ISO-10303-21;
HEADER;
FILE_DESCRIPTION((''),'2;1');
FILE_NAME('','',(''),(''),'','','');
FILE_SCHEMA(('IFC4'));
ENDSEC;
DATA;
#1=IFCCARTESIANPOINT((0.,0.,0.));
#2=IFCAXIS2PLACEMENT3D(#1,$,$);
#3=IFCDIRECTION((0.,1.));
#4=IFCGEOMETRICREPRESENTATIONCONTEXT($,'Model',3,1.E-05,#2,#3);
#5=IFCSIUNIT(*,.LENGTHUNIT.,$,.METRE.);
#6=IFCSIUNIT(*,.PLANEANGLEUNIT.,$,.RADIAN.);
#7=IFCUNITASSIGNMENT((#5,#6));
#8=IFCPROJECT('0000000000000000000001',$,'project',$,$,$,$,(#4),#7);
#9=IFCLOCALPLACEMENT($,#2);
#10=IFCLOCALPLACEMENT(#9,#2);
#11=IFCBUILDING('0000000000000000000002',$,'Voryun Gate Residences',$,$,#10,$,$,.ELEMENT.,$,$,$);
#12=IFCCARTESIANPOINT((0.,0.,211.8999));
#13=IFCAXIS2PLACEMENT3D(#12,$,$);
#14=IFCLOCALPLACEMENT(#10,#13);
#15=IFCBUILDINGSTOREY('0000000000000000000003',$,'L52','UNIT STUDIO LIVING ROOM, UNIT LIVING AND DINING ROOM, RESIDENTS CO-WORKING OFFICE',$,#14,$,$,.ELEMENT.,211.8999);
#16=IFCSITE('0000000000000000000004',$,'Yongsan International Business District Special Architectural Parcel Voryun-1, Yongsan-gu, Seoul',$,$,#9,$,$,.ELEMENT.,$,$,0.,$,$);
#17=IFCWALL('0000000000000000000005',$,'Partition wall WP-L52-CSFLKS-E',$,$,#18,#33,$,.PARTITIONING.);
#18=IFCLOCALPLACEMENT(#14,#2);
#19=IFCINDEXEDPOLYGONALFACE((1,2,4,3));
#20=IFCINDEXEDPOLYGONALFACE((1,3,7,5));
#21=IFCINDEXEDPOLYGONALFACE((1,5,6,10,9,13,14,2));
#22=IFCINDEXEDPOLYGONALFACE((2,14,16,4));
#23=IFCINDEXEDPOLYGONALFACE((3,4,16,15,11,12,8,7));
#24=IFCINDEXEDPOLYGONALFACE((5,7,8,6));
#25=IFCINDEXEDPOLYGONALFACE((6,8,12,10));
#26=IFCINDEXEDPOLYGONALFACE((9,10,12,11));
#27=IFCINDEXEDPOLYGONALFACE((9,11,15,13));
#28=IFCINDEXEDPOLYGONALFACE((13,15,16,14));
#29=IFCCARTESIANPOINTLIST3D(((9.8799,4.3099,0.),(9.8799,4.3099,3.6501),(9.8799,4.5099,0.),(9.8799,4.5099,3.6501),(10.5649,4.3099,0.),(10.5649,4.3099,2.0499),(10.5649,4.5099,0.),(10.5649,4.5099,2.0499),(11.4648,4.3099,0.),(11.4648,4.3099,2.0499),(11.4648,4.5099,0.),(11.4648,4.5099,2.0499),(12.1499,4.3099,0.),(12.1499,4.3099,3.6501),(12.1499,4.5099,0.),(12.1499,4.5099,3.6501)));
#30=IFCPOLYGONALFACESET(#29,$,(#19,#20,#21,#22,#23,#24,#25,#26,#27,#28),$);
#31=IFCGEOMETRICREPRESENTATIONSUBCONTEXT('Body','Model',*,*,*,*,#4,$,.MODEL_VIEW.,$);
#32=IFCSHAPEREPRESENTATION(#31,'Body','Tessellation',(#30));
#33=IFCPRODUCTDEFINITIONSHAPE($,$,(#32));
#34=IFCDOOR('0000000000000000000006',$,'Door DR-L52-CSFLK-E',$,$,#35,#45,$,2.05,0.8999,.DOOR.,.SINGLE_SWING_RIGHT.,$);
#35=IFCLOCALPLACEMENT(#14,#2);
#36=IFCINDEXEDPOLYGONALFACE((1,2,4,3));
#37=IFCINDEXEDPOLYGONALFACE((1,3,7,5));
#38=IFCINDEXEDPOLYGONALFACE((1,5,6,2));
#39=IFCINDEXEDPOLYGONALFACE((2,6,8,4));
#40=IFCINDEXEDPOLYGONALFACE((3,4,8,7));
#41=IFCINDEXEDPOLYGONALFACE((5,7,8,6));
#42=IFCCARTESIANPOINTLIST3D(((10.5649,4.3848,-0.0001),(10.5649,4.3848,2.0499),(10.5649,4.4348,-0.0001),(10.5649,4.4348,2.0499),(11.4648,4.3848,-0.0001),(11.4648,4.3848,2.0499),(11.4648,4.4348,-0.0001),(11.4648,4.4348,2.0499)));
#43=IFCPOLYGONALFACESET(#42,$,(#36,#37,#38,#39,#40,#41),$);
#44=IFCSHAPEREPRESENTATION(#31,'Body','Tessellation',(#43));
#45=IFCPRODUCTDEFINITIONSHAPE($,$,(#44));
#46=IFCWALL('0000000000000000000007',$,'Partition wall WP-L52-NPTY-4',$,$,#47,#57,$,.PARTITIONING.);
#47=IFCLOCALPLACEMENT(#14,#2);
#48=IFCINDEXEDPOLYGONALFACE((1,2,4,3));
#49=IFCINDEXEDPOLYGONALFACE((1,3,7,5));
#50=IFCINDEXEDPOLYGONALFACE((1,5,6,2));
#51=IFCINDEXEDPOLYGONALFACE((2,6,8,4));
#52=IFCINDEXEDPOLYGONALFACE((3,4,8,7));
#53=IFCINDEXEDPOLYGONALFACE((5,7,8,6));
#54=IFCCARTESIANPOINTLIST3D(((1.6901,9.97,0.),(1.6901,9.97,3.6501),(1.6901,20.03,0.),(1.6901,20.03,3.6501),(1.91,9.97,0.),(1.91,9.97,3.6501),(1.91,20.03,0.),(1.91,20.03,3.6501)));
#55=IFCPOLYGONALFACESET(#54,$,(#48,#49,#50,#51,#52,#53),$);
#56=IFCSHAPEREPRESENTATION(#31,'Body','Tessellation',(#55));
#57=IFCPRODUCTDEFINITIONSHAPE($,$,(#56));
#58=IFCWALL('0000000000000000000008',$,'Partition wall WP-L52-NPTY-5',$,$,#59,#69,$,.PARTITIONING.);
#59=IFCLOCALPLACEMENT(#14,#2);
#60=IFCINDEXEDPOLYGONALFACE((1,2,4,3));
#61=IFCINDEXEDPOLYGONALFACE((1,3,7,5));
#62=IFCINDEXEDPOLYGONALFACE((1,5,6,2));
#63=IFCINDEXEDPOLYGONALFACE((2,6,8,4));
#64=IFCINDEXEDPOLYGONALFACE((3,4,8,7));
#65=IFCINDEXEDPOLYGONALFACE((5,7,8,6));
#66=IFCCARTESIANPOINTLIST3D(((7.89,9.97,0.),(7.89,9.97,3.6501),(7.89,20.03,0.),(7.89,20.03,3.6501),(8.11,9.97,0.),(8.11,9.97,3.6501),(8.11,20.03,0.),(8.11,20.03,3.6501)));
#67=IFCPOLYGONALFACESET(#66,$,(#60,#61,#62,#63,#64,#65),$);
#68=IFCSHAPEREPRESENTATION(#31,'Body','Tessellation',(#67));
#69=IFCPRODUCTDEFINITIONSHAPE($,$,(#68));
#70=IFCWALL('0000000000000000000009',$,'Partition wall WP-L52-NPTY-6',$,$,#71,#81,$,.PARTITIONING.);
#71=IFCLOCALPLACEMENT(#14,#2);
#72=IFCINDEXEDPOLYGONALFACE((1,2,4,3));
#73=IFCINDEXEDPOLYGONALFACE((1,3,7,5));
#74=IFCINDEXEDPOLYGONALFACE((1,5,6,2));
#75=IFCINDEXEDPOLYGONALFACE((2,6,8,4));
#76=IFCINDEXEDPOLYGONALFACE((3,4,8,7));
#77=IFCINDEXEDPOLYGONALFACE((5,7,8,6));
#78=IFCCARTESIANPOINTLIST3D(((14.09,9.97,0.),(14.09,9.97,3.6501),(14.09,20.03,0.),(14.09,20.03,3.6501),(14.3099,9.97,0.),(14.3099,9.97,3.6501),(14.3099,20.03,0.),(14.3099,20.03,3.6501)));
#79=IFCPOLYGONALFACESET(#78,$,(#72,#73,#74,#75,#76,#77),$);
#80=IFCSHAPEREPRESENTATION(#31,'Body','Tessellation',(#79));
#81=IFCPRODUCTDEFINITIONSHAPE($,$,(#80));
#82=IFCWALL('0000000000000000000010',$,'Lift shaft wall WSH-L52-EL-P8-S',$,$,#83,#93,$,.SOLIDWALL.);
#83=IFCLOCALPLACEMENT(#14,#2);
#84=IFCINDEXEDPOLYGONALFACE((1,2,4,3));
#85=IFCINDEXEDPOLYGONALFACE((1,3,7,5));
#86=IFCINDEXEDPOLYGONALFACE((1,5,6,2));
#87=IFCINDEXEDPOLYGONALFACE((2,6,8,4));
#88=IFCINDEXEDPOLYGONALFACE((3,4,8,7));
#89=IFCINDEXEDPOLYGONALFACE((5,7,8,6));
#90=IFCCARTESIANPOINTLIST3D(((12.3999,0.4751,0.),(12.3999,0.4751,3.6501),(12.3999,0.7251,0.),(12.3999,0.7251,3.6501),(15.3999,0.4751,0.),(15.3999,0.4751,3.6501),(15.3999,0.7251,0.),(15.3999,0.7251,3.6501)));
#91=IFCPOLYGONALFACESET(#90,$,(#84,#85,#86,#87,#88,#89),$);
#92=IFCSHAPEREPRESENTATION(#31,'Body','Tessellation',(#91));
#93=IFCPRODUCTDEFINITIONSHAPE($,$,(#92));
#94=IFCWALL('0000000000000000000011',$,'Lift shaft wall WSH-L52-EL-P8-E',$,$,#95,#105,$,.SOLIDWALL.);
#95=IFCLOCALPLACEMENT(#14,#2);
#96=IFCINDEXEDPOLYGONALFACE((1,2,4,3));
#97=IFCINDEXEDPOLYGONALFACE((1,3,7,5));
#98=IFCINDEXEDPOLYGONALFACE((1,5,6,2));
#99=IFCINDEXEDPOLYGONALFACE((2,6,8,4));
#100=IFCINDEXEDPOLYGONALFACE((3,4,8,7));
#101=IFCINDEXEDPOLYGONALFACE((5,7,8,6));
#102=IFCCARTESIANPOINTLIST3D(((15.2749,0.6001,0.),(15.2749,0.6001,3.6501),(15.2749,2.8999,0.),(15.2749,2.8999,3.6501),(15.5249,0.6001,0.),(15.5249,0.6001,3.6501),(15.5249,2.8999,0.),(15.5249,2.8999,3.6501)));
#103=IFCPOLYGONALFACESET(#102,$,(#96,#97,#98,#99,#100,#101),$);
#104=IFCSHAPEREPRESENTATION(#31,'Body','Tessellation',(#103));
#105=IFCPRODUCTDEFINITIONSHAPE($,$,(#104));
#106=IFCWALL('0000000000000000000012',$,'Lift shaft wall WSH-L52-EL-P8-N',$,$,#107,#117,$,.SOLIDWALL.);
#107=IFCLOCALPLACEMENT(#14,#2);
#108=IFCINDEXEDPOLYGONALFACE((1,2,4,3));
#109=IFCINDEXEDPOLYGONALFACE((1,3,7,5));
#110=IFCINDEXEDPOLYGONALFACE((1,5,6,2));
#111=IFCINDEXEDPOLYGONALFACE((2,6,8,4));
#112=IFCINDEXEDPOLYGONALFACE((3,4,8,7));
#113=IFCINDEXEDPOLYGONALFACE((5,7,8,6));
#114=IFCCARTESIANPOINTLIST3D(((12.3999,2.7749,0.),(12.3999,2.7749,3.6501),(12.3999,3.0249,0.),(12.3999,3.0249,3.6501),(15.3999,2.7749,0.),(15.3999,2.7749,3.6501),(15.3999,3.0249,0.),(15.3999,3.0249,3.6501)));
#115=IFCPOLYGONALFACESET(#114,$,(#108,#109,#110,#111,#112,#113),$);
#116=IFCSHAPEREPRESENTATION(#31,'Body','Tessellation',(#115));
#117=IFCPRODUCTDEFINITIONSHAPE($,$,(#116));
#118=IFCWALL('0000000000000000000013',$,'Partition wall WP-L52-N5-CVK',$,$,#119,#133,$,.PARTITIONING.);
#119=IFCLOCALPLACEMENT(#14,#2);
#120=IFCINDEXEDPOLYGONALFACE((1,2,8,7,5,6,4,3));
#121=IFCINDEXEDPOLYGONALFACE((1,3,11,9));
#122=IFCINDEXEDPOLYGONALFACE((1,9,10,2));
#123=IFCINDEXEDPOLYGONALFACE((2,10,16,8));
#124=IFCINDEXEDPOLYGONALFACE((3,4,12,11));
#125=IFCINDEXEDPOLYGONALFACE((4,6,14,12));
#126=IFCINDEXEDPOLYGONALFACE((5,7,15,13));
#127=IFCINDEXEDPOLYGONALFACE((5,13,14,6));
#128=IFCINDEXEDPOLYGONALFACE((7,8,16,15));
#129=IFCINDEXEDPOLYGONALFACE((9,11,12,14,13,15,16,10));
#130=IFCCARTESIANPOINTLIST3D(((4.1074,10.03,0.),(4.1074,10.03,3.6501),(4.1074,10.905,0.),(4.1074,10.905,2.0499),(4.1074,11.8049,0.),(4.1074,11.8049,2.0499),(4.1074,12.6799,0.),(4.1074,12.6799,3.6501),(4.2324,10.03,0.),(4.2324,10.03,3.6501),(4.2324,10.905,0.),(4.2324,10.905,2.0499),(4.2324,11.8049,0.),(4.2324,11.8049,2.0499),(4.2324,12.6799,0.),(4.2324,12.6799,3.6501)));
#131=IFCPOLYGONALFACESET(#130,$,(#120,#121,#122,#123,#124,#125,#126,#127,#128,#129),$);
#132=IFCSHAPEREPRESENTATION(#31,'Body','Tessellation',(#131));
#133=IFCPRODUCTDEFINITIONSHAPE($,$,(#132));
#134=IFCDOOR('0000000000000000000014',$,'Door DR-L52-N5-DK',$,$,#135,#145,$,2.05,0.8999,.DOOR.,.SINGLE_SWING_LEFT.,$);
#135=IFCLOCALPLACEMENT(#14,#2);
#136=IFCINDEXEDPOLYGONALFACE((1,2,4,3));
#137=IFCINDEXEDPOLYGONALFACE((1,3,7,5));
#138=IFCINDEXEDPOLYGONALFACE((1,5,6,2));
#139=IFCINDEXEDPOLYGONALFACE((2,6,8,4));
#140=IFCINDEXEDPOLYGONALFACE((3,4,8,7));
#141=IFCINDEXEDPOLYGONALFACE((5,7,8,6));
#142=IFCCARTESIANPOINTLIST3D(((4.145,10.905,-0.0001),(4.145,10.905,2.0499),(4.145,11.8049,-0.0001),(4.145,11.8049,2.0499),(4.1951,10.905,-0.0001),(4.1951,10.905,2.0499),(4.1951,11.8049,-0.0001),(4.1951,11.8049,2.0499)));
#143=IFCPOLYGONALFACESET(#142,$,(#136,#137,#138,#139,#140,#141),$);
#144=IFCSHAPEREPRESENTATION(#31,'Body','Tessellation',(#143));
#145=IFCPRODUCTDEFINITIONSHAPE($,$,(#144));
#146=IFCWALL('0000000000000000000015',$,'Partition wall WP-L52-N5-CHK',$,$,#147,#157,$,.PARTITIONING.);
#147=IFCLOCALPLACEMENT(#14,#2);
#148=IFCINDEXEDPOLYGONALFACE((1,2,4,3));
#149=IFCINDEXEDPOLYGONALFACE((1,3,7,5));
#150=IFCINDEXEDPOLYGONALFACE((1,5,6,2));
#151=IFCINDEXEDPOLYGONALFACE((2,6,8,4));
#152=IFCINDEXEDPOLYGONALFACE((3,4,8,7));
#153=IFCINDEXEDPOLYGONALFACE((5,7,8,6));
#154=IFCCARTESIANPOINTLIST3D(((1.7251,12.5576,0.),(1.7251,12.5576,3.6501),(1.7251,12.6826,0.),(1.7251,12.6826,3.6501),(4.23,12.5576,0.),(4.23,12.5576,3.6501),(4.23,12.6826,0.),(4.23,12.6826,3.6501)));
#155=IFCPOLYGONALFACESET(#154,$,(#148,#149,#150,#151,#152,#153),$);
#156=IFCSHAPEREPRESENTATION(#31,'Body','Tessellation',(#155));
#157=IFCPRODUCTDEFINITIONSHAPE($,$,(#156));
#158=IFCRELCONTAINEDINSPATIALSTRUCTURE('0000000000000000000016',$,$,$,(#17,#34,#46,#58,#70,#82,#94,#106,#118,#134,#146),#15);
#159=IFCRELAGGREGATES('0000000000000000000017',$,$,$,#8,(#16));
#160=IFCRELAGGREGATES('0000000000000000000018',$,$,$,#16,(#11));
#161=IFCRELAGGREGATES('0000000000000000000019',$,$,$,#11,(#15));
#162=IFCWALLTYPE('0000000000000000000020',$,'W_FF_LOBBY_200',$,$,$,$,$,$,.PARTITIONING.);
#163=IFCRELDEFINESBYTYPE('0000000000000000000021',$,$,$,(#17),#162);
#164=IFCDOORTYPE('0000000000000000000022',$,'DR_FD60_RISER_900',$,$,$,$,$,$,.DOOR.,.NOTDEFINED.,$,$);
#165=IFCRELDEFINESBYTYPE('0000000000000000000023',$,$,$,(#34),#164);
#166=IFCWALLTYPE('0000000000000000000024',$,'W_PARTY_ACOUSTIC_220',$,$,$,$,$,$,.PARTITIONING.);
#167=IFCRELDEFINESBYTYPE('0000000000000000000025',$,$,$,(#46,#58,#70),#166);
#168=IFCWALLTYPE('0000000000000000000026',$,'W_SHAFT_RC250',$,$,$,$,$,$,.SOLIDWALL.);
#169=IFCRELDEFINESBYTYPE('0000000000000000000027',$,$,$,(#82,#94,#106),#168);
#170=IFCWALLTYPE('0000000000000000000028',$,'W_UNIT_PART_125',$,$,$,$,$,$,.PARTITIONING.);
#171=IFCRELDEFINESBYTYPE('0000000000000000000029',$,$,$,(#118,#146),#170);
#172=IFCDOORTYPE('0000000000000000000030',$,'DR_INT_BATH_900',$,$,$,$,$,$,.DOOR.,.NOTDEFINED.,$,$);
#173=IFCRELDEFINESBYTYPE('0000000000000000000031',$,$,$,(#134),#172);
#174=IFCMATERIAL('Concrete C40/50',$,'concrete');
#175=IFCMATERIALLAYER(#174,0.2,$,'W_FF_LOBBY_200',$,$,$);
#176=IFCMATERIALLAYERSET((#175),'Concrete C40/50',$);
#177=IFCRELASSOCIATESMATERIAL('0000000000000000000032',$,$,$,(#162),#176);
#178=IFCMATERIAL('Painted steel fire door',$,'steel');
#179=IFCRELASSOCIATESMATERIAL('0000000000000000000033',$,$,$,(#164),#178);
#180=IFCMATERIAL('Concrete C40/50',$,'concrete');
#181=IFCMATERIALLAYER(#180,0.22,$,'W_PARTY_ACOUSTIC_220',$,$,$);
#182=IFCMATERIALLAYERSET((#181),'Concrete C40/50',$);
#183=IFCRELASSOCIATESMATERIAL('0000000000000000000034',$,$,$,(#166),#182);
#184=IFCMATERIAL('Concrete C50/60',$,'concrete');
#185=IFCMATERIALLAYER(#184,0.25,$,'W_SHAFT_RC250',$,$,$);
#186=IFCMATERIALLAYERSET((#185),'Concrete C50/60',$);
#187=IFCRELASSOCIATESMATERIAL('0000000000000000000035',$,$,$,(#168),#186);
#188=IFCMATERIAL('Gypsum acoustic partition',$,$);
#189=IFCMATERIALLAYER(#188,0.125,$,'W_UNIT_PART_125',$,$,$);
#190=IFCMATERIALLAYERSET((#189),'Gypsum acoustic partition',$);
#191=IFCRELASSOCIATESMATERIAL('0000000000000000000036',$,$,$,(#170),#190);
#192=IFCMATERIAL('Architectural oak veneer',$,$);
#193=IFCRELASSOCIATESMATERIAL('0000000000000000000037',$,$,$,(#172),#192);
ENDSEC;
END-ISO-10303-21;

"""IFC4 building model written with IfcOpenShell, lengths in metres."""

from ifc_helpers import new_model, si_unit, direction, frame, frame_2d, origin, place, context, subcontext, project, spatial, rectangle, extrude, material, layer, layer_set, type_object, element, fill, save


model = new_model("IFC4")

# Units and contexts
model_context = context("Model", 3, precision=1e-05, world=origin(), true_north=direction((0.0, 1.0)))
body_context = subcontext(model_context, "Body", "Model", "MODEL_VIEW")
ifc_project = project(units=[si_unit("LENGTHUNIT", "METRE"), si_unit("PLANEANGLEUNIT", "RADIAN")], contexts=[model_context])

# Site, building, storey
site_placement = place(None, origin())
site = spatial("IfcSite", under=ifc_project, at=site_placement, Name="Yongsan International Business District Special Architectural Parcel Voryun-1, Yongsan-gu, Seoul", CompositionType="ELEMENT", RefElevation=0.0)
building_placement = place(site_placement, origin())
building = spatial("IfcBuilding", under=site, at=building_placement, Name="Voryun Gate Residences", CompositionType="ELEMENT")
storey_placement = place(building_placement, frame((0.0, 0.0, 211.8999)))
storey = spatial("IfcBuildingStorey", under=building, at=storey_placement, Name="L52", Description="UNIT STUDIO LIVING ROOM, UNIT LIVING AND DINING ROOM, RESIDENTS CO-WORKING OFFICE", CompositionType="ELEMENT", Elevation=211.8999)

# Shared definitions
ifc_material_1 = material(Name="Concrete C40/50", Category="concrete")
ifc_layer_1 = layer(ifc_material_1, 0.2, Name="W_FF_LOBBY_200")
ifc_layer_set_1 = layer_set([ifc_layer_1], Name="Concrete C40/50")
wall_type_1 = type_object("IfcWallType", Name="W_FF_LOBBY_200", PredefinedType="PARTITIONING", material=ifc_layer_set_1)

# Wall, opening, door
wall_1_placement = place(storey_placement, frame((9.8799, 4.4099, 0.0), z_axis=(0.0, 0.0, 1.0), x_axis=(1.0, 0.0, 0.0)))
wall_1 = element("IfcWall", 1, at=wall_1_placement, inside=storey, type_object=wall_type_1, Name="Partition wall WP-L52-CSFLKS-E", PredefinedType="PARTITIONING", context=body_context, shape_type="SweptSolid", body=[
    extrude(rectangle(XDim=2.27, YDim=0.2, at=frame_2d((1.135, 0.0))), origin(), (0.0, 0.0, 1.0), 3.6501),
])
opening_1_placement = place(wall_1_placement, frame((0.6851, 0.0, 0.0)))
opening_1 = element("IfcOpeningElement", 2, at=opening_1_placement, cuts=wall_1, PredefinedType="OPENING", context=body_context, shape_type="SweptSolid", body=[
    extrude(rectangle(XDim=0.8999, YDim=2.05, at=frame_2d((0.45, 1.0249))), frame((0.0, 0.1101, 0.0), z_axis=(0.0, -1.0, 0.0), x_axis=(1.0, 0.0, 0.0)), (0.0, 0.0, 1.0), 0.22),
])
ifc_material_2 = material(Name="Painted steel fire door", Category="steel")
door_type_1 = type_object("IfcDoorType", Name="DR_FD60_RISER_900", OperationType="NOTDEFINED", PredefinedType="DOOR", material=ifc_material_2)
door_1_placement = place(opening_1_placement, origin())
door_1 = element("IfcDoor", 3, at=door_1_placement, inside=storey, type_object=door_type_1, Name="Door DR-L52-CSFLK-E", OperationType="SINGLE_SWING_RIGHT", OverallHeight=2.05, OverallWidth=0.8999, PredefinedType="DOOR", context=body_context, shape_type="SweptSolid", body=[
    extrude(rectangle(XDim=0.8999, YDim=2.05, at=frame_2d((0.45, 1.0249))), frame((0.0, 0.0249, 0.0), z_axis=(0.0, -1.0, 0.0), x_axis=(1.0, 0.0, 0.0)), (0.0, 0.0, 1.0), 0.05),
])
fill(opening_1, door_1)

# Walls
ifc_material_3 = material(Name="Concrete C40/50", Category="concrete")
ifc_layer_2 = layer(ifc_material_3, 0.22, Name="W_PARTY_ACOUSTIC_220")
ifc_layer_set_2 = layer_set([ifc_layer_2], Name="Concrete C40/50")
wall_type_2 = type_object("IfcWallType", Name="W_PARTY_ACOUSTIC_220", PredefinedType="PARTITIONING", material=ifc_layer_set_2)
for number, where, z_axis, x_axis, name in (
    (4, (1.8, 9.97, 0.0), (0.0, 0.0, 1.0), (0.0, 1.0, 0.0), "Partition wall WP-L52-NPTY-4"),
    (5, (8.0, 9.97, 0.0), (0.0, 0.0, 1.0), (0.0, 1.0, 0.0), "Partition wall WP-L52-NPTY-5"),
    (6, (14.2, 9.97, 0.0), (0.0, 0.0, 1.0), (0.0, 1.0, 0.0), "Partition wall WP-L52-NPTY-6"),
):
    element("IfcWall", number, at=place(storey_placement, frame(where, z_axis=z_axis, x_axis=x_axis)), inside=storey, type_object=wall_type_2, Name=name, PredefinedType="PARTITIONING", context=body_context, shape_type="SweptSolid", body=[
        extrude(rectangle(XDim=10.0601, YDim=0.22, at=frame_2d((5.03, 0.0))), origin(), (0.0, 0.0, 1.0), 3.6501),
    ])
ifc_material_4 = material(Name="Concrete C50/60", Category="concrete")
ifc_layer_3 = layer(ifc_material_4, 0.25, Name="W_SHAFT_RC250")
ifc_layer_set_3 = layer_set([ifc_layer_3], Name="Concrete C50/60")
wall_type_3 = type_object("IfcWallType", Name="W_SHAFT_RC250", PredefinedType="SOLIDWALL", material=ifc_layer_set_3)
wall_2_placement = place(storey_placement, frame((12.3999, 0.6001, 0.0), z_axis=(0.0, 0.0, 1.0), x_axis=(1.0, 0.0, 0.0)))
element("IfcWall", 7, at=wall_2_placement, inside=storey, type_object=wall_type_3, Name="Lift shaft wall WSH-L52-EL-P8-S", PredefinedType="SOLIDWALL", context=body_context, shape_type="SweptSolid", body=[
    extrude(rectangle(XDim=3.0, YDim=0.25, at=frame_2d((1.5, 0.0))), origin(), (0.0, 0.0, 1.0), 3.6501),
])
wall_3_placement = place(storey_placement, frame((15.3999, 0.6001, 0.0), z_axis=(0.0, 0.0, 1.0), x_axis=(0.0, 1.0, 0.0)))
element("IfcWall", 8, at=wall_3_placement, inside=storey, type_object=wall_type_3, Name="Lift shaft wall WSH-L52-EL-P8-E", PredefinedType="SOLIDWALL", context=body_context, shape_type="SweptSolid", body=[
    extrude(rectangle(XDim=2.2998, YDim=0.25, at=frame_2d((1.1499, 0.0))), origin(), (0.0, 0.0, 1.0), 3.6501),
])
wall_4_placement = place(storey_placement, frame((15.3999, 2.8999, 0.0), z_axis=(0.0, 0.0, 1.0), x_axis=(-1.0, 0.0, 0.0)))
element("IfcWall", 9, at=wall_4_placement, inside=storey, type_object=wall_type_3, Name="Lift shaft wall WSH-L52-EL-P8-N", PredefinedType="SOLIDWALL", context=body_context, shape_type="SweptSolid", body=[
    extrude(rectangle(XDim=3.0, YDim=0.25, at=frame_2d((1.5, 0.0))), origin(), (0.0, 0.0, 1.0), 3.6501),
])

# Wall, opening, door
ifc_material_5 = material(Name="Gypsum acoustic partition")
ifc_layer_4 = layer(ifc_material_5, 0.125, Name="W_UNIT_PART_125")
ifc_layer_set_4 = layer_set([ifc_layer_4], Name="Gypsum acoustic partition")
wall_type_4 = type_object("IfcWallType", Name="W_UNIT_PART_125", PredefinedType="PARTITIONING", material=ifc_layer_set_4)
wall_5_placement = place(storey_placement, frame((4.1699, 10.03, 0.0), z_axis=(0.0, 0.0, 1.0), x_axis=(0.0, 1.0, 0.0)))
wall_5 = element("IfcWall", 10, at=wall_5_placement, inside=storey, type_object=wall_type_4, Name="Partition wall WP-L52-N5-CVK", PredefinedType="PARTITIONING", context=body_context, shape_type="SweptSolid", body=[
    extrude(rectangle(XDim=2.6499, YDim=0.125, at=frame_2d((1.325, 0.0))), origin(), (0.0, 0.0, 1.0), 3.6501),
])
opening_2_placement = place(wall_5_placement, frame((0.875, 0.0, 0.0)))
opening_2 = element("IfcOpeningElement", 11, at=opening_2_placement, cuts=wall_5, PredefinedType="OPENING", context=body_context, shape_type="SweptSolid", body=[
    extrude(rectangle(XDim=0.8999, YDim=2.05, at=frame_2d((0.45, 1.0249))), frame((0.0, 0.0725, 0.0), z_axis=(0.0, -1.0, 0.0), x_axis=(1.0, 0.0, 0.0)), (0.0, 0.0, 1.0), 0.145),
])
ifc_material_6 = material(Name="Architectural oak veneer")
door_type_2 = type_object("IfcDoorType", Name="DR_INT_BATH_900", OperationType="NOTDEFINED", PredefinedType="DOOR", material=ifc_material_6)
door_2_placement = place(opening_2_placement, origin())
door_2 = element("IfcDoor", 12, at=door_2_placement, inside=storey, type_object=door_type_2, Name="Door DR-L52-N5-DK", OperationType="SINGLE_SWING_LEFT", OverallHeight=2.05, OverallWidth=0.8999, PredefinedType="DOOR", context=body_context, shape_type="SweptSolid", body=[
    extrude(rectangle(XDim=0.8999, YDim=2.05, at=frame_2d((0.45, 1.0249))), frame((0.0, 0.0249, 0.0), z_axis=(0.0, -1.0, 0.0), x_axis=(1.0, 0.0, 0.0)), (0.0, 0.0, 1.0), 0.05),
])
fill(opening_2, door_2)

# Wall
wall_6_placement = place(storey_placement, frame((1.7251, 12.6201, 0.0), z_axis=(0.0, 0.0, 1.0), x_axis=(1.0, 0.0, 0.0)))
element("IfcWall", 13, at=wall_6_placement, inside=storey, type_object=wall_type_4, Name="Partition wall WP-L52-N5-CHK", PredefinedType="PARTITIONING", context=body_context, shape_type="SweptSolid", body=[
    extrude(rectangle(XDim=2.5049, YDim=0.125, at=frame_2d((1.2524, 0.0))), origin(), (0.0, 0.0, 1.0), 3.6501),
])

save(model, "model.ifc")
